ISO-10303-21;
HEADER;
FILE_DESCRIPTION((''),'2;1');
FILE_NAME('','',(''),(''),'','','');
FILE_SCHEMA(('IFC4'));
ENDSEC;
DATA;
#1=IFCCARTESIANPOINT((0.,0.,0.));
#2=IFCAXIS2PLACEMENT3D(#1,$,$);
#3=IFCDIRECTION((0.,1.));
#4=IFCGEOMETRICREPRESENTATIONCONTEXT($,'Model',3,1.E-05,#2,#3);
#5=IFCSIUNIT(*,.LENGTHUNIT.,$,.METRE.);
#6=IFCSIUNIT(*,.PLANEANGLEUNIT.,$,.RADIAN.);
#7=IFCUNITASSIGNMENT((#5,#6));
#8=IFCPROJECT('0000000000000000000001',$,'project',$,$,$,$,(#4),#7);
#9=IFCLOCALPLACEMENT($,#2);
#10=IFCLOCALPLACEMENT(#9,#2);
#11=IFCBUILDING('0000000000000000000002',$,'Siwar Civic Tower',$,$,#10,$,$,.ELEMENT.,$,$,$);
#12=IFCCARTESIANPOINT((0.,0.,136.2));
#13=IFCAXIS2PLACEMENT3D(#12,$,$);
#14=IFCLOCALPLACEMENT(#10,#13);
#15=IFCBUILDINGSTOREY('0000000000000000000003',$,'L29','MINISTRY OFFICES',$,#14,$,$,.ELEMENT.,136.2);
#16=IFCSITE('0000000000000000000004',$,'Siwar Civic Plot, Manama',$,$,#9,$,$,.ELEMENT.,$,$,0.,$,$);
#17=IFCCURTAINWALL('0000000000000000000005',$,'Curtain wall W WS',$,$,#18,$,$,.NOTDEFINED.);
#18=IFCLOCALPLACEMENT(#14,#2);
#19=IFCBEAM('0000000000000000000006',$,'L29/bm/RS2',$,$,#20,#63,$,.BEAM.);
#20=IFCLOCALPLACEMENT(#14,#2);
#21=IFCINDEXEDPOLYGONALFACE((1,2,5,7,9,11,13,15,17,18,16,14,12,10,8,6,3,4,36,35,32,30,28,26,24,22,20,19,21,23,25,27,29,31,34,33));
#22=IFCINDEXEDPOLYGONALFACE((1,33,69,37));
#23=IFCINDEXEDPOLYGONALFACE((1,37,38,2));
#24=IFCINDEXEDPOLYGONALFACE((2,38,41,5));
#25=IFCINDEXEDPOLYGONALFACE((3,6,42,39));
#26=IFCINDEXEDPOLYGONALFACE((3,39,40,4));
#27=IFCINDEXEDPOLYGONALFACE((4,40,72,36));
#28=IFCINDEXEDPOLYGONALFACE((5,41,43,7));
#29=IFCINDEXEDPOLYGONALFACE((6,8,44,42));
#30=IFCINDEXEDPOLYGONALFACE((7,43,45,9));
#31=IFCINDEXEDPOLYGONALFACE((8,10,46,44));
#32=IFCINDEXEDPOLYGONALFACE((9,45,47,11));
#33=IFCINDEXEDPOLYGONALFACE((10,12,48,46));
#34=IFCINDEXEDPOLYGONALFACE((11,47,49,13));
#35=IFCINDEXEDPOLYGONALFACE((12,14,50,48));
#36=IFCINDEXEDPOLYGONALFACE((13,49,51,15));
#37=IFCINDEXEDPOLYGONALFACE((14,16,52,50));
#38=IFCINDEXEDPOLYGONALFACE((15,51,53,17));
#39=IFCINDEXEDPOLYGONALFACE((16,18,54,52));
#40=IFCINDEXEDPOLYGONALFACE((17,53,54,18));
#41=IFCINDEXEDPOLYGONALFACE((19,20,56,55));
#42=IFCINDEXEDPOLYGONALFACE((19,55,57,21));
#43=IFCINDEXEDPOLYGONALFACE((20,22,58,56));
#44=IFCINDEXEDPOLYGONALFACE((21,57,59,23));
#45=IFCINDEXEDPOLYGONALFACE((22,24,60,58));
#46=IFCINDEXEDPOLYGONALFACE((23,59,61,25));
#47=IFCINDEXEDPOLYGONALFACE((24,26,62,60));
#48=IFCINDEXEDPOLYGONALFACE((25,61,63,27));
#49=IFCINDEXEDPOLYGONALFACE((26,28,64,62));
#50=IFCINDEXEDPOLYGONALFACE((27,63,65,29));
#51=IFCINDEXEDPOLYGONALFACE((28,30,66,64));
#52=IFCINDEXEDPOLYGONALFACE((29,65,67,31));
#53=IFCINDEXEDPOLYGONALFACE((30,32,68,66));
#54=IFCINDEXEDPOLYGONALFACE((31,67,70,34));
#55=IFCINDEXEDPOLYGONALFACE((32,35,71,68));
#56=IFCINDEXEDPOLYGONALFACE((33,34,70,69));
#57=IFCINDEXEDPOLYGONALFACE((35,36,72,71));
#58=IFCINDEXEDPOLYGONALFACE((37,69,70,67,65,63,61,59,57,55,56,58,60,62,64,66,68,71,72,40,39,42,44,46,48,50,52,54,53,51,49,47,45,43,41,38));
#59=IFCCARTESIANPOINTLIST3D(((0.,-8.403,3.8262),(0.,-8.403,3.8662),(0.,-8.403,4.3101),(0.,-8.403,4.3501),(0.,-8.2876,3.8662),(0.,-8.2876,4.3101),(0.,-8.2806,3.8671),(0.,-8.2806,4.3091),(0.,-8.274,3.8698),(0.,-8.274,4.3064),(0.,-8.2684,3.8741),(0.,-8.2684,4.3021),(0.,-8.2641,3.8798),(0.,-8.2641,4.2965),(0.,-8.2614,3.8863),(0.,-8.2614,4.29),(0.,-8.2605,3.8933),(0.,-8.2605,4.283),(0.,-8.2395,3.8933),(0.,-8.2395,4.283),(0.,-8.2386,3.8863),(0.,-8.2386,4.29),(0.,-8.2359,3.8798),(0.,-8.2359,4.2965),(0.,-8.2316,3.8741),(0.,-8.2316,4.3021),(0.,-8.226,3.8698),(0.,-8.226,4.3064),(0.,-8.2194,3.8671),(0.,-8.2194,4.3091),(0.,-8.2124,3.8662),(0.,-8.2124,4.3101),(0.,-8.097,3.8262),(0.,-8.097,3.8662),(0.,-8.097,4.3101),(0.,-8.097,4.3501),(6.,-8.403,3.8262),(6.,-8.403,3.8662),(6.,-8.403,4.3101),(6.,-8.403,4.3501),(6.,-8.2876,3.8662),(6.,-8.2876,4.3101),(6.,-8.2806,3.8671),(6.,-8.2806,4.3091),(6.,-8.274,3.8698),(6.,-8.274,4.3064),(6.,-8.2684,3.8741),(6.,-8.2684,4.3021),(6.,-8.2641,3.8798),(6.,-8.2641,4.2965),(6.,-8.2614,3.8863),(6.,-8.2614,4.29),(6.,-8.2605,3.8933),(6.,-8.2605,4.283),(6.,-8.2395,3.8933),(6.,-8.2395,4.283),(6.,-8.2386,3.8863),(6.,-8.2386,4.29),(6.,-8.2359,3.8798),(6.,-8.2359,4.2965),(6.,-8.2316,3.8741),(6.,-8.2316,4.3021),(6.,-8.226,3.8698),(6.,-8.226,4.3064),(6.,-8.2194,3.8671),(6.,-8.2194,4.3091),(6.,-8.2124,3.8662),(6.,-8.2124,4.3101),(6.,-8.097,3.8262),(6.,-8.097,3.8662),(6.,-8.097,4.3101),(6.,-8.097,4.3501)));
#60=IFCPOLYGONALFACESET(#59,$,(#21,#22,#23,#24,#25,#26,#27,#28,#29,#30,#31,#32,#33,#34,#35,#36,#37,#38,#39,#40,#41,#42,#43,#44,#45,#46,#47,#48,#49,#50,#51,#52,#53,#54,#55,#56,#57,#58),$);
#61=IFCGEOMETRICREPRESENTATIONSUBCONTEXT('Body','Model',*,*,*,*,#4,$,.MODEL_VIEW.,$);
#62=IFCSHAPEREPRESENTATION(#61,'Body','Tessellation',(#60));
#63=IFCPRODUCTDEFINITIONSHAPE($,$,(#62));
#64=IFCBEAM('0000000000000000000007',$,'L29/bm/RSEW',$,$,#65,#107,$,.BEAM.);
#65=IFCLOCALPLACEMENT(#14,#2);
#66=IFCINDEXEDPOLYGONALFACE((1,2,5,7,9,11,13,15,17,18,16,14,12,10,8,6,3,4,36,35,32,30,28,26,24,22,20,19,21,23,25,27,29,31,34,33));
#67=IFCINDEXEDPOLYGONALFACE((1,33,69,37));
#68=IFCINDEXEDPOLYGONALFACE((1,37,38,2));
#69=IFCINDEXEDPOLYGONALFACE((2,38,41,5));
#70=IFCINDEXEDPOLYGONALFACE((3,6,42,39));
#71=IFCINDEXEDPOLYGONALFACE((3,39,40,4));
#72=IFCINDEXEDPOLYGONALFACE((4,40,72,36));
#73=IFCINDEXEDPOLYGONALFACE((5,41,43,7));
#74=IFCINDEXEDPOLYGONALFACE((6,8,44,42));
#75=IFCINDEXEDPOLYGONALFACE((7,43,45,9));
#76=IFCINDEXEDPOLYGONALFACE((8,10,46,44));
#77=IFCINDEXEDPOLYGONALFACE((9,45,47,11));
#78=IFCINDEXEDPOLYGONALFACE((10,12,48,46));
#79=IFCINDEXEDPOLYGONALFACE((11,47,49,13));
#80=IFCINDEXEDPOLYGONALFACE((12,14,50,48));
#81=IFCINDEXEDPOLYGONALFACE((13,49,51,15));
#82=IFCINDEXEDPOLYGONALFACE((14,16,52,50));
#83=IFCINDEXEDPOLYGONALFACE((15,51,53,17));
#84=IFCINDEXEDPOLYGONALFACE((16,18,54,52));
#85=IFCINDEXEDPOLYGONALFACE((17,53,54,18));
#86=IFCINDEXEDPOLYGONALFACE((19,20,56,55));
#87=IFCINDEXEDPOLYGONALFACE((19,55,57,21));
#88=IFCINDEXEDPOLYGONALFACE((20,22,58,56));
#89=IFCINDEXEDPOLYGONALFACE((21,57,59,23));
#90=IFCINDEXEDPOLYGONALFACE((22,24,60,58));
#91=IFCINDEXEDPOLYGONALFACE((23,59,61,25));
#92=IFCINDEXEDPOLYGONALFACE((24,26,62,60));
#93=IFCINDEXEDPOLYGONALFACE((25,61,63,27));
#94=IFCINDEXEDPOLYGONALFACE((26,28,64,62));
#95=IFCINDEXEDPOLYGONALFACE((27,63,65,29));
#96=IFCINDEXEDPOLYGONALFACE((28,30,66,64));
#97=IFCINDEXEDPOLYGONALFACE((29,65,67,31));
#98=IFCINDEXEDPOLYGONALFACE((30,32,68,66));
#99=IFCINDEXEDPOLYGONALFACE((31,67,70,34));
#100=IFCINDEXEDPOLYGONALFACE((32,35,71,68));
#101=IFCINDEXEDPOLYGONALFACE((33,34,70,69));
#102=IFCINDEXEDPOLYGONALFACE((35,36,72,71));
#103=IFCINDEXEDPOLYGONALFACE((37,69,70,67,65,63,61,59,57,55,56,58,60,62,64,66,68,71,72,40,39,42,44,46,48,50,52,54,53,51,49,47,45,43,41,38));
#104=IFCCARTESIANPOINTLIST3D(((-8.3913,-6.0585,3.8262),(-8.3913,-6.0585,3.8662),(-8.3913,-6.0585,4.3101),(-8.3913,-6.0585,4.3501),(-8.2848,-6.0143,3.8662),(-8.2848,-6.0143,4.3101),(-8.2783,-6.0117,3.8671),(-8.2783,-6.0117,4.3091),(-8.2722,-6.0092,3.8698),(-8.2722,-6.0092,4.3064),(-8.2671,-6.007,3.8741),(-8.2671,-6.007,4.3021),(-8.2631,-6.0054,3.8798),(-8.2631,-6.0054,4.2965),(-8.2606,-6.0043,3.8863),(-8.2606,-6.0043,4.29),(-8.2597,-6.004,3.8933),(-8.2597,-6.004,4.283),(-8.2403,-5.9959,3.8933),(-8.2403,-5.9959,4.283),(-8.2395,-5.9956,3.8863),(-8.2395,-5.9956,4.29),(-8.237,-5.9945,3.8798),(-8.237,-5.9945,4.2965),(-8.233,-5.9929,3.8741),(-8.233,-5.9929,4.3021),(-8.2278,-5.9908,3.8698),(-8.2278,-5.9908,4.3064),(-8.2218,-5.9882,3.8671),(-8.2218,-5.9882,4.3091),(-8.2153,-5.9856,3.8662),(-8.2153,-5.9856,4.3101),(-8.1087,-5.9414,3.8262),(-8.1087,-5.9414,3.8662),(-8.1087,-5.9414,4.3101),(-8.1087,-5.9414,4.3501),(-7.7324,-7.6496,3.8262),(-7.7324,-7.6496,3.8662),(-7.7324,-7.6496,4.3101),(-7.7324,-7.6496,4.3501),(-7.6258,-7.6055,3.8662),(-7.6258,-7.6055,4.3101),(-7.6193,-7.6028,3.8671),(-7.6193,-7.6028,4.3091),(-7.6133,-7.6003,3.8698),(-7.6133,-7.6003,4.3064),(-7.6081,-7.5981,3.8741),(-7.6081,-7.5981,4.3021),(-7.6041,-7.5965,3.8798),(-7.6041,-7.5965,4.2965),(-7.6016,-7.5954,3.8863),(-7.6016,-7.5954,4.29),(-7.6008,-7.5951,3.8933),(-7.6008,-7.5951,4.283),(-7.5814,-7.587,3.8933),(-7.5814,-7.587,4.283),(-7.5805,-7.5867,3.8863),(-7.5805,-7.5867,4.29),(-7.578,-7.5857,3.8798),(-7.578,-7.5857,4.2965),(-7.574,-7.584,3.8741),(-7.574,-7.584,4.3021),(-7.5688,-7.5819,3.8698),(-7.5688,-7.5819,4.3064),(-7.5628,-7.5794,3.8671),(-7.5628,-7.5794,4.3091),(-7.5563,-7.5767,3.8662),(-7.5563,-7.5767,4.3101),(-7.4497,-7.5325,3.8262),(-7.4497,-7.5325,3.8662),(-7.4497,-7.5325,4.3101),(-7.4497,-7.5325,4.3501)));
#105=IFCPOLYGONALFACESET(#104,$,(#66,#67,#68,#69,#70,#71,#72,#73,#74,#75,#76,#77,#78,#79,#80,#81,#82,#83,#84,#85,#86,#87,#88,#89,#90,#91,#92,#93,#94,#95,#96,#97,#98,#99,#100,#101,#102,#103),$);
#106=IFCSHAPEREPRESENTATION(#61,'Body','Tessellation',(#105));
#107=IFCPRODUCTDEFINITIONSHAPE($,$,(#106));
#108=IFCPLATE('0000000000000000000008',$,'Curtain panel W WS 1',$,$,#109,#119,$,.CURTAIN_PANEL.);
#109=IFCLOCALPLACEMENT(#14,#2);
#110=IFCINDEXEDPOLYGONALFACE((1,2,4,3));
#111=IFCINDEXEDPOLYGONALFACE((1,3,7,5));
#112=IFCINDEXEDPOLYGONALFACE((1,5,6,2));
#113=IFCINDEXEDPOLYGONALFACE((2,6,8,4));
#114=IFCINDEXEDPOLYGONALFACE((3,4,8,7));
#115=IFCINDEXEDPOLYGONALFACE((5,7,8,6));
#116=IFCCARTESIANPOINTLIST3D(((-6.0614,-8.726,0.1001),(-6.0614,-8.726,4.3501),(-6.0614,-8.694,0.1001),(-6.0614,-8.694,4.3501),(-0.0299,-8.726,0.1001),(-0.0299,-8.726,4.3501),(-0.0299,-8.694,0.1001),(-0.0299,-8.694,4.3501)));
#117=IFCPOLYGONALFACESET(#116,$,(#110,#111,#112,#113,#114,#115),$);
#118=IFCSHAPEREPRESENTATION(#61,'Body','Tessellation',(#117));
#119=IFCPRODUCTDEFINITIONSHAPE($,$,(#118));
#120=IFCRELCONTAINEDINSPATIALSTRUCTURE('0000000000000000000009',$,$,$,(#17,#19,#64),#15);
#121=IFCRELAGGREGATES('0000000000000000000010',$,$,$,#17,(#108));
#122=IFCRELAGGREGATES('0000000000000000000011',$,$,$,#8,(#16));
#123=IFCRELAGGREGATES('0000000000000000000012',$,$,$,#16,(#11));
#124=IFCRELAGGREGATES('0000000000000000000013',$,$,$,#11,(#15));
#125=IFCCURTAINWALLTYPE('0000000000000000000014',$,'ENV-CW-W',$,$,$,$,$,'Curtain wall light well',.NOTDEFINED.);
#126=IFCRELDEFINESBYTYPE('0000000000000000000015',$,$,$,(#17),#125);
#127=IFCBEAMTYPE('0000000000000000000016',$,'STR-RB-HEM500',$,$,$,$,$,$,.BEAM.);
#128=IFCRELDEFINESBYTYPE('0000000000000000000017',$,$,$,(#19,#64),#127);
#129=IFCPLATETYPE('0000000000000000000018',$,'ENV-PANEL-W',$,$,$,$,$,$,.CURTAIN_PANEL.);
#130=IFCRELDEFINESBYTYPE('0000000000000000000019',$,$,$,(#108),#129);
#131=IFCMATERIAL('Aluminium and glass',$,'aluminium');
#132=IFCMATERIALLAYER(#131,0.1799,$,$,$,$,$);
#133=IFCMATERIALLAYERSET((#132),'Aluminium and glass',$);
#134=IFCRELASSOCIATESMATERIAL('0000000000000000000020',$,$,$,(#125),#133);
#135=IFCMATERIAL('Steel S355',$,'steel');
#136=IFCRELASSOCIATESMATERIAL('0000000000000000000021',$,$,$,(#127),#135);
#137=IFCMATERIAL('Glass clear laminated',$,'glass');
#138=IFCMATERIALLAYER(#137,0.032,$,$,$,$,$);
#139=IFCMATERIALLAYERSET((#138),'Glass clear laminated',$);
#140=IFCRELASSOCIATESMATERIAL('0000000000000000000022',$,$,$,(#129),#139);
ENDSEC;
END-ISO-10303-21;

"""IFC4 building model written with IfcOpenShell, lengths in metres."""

from ifc_helpers import new_model, si_unit, direction, frame, origin, origin_2d, place, context, subcontext, project, spatial, rectangle, i_section, extrude, material, layer, layer_set, material_profile, profile_set, type_object, element, aggregate, save


model = new_model("IFC4")

# Units and contexts
model_context = context("Model", 3, precision=1e-05, world=origin(), true_north=direction((0.0, 1.0)))
body_context = subcontext(model_context, "Body", "Model", "MODEL_VIEW")
ifc_project = project(units=[si_unit("LENGTHUNIT", "METRE"), si_unit("PLANEANGLEUNIT", "RADIAN")], contexts=[model_context])

# Site, building, storey
site_placement = place(None, origin())
site = spatial("IfcSite", under=ifc_project, at=site_placement, Name="Siwar Civic Plot, Manama", CompositionType="ELEMENT", RefElevation=0.0)
building_placement = place(site_placement, origin())
building = spatial("IfcBuilding", under=site, at=building_placement, Name="Siwar Civic Tower", CompositionType="ELEMENT")
storey_placement = place(building_placement, frame((0.0, 0.0, 136.2)))
storey = spatial("IfcBuildingStorey", under=building, at=storey_placement, Name="L29", Description="MINISTRY OFFICES", CompositionType="ELEMENT", Elevation=136.2)

# Curtain wall
ifc_material_1 = material(Name="Aluminium and glass", Category="aluminium")
ifc_layer_1 = layer(ifc_material_1, 0.1799)
ifc_layer_set_1 = layer_set([ifc_layer_1], Name="Aluminium and glass")
curtain_wall_type = type_object("IfcCurtainWallType", Name="ENV-CW-W", ElementType="Curtain wall light well", PredefinedType="NOTDEFINED", material=ifc_layer_set_1)
curtain_wall_placement = place(storey_placement, origin())
curtain_wall = element("IfcCurtainWall", 1, at=curtain_wall_placement, inside=storey, type_object=curtain_wall_type, Name="Curtain wall W WS", PredefinedType="NOTDEFINED")

# Beams
ifc_material_2 = material(Name="Steel S355", Category="steel")
ifc_material_profile_1 = material_profile(ifc_material_2, i_section(OverallWidth=0.3059, OverallDepth=0.5239, WebThickness=0.021, FlangeThickness=0.04, FilletRadius=0.0271, at=origin_2d()), Name="HEM500")
ifc_profile_set_1 = profile_set([ifc_material_profile_1], Name="Steel S355")
beam_type = type_object("IfcBeamType", Name="STR-RB-HEM500", PredefinedType="BEAM", material=ifc_profile_set_1)
for number, where, z_axis, x_axis, name in (
    (2, (0.0, -8.25, 4.0881), (1.0, 0.0, 0.0), (0.0, 1.0, 0.0), "L29/bm/RS2"),
):
    element("IfcBeam", number, at=place(storey_placement, frame(where, z_axis=z_axis, x_axis=x_axis)), inside=storey, type_object=beam_type, Name=name, PredefinedType="BEAM", context=body_context, shape_type="SweptSolid", body=[
        extrude(i_section(OverallWidth=0.3059, OverallDepth=0.5239, WebThickness=0.021, FlangeThickness=0.04, FilletRadius=0.0271, at=origin_2d()), origin(), (0.0, 0.0, 1.0), 6.0),
    ])
beam_1_placement = place(storey_placement, frame((-7.5911, -7.5911, 4.0881), z_axis=(-0.382631, 0.923901, 0.0), x_axis=(-0.923901, -0.382631, 0.0)))
element("IfcBeam", 3, at=beam_1_placement, inside=storey, type_object=beam_type, Name="L29/bm/RSEW", PredefinedType="BEAM", context=body_context, shape_type="SweptSolid", body=[
    extrude(i_section(OverallWidth=0.3059, OverallDepth=0.5239, WebThickness=0.021, FlangeThickness=0.04, FilletRadius=0.0271, at=origin_2d()), origin(), (0.0, 0.0, 1.0), 1.7222),
])

# Plate
ifc_material_3 = material(Name="Glass clear laminated", Category="glass")
ifc_layer_2 = layer(ifc_material_3, 0.032)
ifc_layer_set_2 = layer_set([ifc_layer_2], Name="Glass clear laminated")
plate_type = type_object("IfcPlateType", Name="ENV-PANEL-W", PredefinedType="CURTAIN_PANEL", material=ifc_layer_set_2)
plate_placement = place(storey_placement, frame((-3.0457, -8.71, 0.1001), z_axis=(0.0, 0.0, 1.0), x_axis=(1.0, 0.0, 0.0)))
plate = element("IfcPlate", 4, at=plate_placement, type_object=plate_type, Name="Curtain panel W WS 1", PredefinedType="CURTAIN_PANEL", context=body_context, shape_type="SweptSolid", body=[
    extrude(rectangle(XDim=6.0315, YDim=0.032, at=origin_2d()), origin(), (0.0, 0.0, 1.0), 4.25),
])
aggregate(curtain_wall, [plate])

save(model, "model.ifc")
